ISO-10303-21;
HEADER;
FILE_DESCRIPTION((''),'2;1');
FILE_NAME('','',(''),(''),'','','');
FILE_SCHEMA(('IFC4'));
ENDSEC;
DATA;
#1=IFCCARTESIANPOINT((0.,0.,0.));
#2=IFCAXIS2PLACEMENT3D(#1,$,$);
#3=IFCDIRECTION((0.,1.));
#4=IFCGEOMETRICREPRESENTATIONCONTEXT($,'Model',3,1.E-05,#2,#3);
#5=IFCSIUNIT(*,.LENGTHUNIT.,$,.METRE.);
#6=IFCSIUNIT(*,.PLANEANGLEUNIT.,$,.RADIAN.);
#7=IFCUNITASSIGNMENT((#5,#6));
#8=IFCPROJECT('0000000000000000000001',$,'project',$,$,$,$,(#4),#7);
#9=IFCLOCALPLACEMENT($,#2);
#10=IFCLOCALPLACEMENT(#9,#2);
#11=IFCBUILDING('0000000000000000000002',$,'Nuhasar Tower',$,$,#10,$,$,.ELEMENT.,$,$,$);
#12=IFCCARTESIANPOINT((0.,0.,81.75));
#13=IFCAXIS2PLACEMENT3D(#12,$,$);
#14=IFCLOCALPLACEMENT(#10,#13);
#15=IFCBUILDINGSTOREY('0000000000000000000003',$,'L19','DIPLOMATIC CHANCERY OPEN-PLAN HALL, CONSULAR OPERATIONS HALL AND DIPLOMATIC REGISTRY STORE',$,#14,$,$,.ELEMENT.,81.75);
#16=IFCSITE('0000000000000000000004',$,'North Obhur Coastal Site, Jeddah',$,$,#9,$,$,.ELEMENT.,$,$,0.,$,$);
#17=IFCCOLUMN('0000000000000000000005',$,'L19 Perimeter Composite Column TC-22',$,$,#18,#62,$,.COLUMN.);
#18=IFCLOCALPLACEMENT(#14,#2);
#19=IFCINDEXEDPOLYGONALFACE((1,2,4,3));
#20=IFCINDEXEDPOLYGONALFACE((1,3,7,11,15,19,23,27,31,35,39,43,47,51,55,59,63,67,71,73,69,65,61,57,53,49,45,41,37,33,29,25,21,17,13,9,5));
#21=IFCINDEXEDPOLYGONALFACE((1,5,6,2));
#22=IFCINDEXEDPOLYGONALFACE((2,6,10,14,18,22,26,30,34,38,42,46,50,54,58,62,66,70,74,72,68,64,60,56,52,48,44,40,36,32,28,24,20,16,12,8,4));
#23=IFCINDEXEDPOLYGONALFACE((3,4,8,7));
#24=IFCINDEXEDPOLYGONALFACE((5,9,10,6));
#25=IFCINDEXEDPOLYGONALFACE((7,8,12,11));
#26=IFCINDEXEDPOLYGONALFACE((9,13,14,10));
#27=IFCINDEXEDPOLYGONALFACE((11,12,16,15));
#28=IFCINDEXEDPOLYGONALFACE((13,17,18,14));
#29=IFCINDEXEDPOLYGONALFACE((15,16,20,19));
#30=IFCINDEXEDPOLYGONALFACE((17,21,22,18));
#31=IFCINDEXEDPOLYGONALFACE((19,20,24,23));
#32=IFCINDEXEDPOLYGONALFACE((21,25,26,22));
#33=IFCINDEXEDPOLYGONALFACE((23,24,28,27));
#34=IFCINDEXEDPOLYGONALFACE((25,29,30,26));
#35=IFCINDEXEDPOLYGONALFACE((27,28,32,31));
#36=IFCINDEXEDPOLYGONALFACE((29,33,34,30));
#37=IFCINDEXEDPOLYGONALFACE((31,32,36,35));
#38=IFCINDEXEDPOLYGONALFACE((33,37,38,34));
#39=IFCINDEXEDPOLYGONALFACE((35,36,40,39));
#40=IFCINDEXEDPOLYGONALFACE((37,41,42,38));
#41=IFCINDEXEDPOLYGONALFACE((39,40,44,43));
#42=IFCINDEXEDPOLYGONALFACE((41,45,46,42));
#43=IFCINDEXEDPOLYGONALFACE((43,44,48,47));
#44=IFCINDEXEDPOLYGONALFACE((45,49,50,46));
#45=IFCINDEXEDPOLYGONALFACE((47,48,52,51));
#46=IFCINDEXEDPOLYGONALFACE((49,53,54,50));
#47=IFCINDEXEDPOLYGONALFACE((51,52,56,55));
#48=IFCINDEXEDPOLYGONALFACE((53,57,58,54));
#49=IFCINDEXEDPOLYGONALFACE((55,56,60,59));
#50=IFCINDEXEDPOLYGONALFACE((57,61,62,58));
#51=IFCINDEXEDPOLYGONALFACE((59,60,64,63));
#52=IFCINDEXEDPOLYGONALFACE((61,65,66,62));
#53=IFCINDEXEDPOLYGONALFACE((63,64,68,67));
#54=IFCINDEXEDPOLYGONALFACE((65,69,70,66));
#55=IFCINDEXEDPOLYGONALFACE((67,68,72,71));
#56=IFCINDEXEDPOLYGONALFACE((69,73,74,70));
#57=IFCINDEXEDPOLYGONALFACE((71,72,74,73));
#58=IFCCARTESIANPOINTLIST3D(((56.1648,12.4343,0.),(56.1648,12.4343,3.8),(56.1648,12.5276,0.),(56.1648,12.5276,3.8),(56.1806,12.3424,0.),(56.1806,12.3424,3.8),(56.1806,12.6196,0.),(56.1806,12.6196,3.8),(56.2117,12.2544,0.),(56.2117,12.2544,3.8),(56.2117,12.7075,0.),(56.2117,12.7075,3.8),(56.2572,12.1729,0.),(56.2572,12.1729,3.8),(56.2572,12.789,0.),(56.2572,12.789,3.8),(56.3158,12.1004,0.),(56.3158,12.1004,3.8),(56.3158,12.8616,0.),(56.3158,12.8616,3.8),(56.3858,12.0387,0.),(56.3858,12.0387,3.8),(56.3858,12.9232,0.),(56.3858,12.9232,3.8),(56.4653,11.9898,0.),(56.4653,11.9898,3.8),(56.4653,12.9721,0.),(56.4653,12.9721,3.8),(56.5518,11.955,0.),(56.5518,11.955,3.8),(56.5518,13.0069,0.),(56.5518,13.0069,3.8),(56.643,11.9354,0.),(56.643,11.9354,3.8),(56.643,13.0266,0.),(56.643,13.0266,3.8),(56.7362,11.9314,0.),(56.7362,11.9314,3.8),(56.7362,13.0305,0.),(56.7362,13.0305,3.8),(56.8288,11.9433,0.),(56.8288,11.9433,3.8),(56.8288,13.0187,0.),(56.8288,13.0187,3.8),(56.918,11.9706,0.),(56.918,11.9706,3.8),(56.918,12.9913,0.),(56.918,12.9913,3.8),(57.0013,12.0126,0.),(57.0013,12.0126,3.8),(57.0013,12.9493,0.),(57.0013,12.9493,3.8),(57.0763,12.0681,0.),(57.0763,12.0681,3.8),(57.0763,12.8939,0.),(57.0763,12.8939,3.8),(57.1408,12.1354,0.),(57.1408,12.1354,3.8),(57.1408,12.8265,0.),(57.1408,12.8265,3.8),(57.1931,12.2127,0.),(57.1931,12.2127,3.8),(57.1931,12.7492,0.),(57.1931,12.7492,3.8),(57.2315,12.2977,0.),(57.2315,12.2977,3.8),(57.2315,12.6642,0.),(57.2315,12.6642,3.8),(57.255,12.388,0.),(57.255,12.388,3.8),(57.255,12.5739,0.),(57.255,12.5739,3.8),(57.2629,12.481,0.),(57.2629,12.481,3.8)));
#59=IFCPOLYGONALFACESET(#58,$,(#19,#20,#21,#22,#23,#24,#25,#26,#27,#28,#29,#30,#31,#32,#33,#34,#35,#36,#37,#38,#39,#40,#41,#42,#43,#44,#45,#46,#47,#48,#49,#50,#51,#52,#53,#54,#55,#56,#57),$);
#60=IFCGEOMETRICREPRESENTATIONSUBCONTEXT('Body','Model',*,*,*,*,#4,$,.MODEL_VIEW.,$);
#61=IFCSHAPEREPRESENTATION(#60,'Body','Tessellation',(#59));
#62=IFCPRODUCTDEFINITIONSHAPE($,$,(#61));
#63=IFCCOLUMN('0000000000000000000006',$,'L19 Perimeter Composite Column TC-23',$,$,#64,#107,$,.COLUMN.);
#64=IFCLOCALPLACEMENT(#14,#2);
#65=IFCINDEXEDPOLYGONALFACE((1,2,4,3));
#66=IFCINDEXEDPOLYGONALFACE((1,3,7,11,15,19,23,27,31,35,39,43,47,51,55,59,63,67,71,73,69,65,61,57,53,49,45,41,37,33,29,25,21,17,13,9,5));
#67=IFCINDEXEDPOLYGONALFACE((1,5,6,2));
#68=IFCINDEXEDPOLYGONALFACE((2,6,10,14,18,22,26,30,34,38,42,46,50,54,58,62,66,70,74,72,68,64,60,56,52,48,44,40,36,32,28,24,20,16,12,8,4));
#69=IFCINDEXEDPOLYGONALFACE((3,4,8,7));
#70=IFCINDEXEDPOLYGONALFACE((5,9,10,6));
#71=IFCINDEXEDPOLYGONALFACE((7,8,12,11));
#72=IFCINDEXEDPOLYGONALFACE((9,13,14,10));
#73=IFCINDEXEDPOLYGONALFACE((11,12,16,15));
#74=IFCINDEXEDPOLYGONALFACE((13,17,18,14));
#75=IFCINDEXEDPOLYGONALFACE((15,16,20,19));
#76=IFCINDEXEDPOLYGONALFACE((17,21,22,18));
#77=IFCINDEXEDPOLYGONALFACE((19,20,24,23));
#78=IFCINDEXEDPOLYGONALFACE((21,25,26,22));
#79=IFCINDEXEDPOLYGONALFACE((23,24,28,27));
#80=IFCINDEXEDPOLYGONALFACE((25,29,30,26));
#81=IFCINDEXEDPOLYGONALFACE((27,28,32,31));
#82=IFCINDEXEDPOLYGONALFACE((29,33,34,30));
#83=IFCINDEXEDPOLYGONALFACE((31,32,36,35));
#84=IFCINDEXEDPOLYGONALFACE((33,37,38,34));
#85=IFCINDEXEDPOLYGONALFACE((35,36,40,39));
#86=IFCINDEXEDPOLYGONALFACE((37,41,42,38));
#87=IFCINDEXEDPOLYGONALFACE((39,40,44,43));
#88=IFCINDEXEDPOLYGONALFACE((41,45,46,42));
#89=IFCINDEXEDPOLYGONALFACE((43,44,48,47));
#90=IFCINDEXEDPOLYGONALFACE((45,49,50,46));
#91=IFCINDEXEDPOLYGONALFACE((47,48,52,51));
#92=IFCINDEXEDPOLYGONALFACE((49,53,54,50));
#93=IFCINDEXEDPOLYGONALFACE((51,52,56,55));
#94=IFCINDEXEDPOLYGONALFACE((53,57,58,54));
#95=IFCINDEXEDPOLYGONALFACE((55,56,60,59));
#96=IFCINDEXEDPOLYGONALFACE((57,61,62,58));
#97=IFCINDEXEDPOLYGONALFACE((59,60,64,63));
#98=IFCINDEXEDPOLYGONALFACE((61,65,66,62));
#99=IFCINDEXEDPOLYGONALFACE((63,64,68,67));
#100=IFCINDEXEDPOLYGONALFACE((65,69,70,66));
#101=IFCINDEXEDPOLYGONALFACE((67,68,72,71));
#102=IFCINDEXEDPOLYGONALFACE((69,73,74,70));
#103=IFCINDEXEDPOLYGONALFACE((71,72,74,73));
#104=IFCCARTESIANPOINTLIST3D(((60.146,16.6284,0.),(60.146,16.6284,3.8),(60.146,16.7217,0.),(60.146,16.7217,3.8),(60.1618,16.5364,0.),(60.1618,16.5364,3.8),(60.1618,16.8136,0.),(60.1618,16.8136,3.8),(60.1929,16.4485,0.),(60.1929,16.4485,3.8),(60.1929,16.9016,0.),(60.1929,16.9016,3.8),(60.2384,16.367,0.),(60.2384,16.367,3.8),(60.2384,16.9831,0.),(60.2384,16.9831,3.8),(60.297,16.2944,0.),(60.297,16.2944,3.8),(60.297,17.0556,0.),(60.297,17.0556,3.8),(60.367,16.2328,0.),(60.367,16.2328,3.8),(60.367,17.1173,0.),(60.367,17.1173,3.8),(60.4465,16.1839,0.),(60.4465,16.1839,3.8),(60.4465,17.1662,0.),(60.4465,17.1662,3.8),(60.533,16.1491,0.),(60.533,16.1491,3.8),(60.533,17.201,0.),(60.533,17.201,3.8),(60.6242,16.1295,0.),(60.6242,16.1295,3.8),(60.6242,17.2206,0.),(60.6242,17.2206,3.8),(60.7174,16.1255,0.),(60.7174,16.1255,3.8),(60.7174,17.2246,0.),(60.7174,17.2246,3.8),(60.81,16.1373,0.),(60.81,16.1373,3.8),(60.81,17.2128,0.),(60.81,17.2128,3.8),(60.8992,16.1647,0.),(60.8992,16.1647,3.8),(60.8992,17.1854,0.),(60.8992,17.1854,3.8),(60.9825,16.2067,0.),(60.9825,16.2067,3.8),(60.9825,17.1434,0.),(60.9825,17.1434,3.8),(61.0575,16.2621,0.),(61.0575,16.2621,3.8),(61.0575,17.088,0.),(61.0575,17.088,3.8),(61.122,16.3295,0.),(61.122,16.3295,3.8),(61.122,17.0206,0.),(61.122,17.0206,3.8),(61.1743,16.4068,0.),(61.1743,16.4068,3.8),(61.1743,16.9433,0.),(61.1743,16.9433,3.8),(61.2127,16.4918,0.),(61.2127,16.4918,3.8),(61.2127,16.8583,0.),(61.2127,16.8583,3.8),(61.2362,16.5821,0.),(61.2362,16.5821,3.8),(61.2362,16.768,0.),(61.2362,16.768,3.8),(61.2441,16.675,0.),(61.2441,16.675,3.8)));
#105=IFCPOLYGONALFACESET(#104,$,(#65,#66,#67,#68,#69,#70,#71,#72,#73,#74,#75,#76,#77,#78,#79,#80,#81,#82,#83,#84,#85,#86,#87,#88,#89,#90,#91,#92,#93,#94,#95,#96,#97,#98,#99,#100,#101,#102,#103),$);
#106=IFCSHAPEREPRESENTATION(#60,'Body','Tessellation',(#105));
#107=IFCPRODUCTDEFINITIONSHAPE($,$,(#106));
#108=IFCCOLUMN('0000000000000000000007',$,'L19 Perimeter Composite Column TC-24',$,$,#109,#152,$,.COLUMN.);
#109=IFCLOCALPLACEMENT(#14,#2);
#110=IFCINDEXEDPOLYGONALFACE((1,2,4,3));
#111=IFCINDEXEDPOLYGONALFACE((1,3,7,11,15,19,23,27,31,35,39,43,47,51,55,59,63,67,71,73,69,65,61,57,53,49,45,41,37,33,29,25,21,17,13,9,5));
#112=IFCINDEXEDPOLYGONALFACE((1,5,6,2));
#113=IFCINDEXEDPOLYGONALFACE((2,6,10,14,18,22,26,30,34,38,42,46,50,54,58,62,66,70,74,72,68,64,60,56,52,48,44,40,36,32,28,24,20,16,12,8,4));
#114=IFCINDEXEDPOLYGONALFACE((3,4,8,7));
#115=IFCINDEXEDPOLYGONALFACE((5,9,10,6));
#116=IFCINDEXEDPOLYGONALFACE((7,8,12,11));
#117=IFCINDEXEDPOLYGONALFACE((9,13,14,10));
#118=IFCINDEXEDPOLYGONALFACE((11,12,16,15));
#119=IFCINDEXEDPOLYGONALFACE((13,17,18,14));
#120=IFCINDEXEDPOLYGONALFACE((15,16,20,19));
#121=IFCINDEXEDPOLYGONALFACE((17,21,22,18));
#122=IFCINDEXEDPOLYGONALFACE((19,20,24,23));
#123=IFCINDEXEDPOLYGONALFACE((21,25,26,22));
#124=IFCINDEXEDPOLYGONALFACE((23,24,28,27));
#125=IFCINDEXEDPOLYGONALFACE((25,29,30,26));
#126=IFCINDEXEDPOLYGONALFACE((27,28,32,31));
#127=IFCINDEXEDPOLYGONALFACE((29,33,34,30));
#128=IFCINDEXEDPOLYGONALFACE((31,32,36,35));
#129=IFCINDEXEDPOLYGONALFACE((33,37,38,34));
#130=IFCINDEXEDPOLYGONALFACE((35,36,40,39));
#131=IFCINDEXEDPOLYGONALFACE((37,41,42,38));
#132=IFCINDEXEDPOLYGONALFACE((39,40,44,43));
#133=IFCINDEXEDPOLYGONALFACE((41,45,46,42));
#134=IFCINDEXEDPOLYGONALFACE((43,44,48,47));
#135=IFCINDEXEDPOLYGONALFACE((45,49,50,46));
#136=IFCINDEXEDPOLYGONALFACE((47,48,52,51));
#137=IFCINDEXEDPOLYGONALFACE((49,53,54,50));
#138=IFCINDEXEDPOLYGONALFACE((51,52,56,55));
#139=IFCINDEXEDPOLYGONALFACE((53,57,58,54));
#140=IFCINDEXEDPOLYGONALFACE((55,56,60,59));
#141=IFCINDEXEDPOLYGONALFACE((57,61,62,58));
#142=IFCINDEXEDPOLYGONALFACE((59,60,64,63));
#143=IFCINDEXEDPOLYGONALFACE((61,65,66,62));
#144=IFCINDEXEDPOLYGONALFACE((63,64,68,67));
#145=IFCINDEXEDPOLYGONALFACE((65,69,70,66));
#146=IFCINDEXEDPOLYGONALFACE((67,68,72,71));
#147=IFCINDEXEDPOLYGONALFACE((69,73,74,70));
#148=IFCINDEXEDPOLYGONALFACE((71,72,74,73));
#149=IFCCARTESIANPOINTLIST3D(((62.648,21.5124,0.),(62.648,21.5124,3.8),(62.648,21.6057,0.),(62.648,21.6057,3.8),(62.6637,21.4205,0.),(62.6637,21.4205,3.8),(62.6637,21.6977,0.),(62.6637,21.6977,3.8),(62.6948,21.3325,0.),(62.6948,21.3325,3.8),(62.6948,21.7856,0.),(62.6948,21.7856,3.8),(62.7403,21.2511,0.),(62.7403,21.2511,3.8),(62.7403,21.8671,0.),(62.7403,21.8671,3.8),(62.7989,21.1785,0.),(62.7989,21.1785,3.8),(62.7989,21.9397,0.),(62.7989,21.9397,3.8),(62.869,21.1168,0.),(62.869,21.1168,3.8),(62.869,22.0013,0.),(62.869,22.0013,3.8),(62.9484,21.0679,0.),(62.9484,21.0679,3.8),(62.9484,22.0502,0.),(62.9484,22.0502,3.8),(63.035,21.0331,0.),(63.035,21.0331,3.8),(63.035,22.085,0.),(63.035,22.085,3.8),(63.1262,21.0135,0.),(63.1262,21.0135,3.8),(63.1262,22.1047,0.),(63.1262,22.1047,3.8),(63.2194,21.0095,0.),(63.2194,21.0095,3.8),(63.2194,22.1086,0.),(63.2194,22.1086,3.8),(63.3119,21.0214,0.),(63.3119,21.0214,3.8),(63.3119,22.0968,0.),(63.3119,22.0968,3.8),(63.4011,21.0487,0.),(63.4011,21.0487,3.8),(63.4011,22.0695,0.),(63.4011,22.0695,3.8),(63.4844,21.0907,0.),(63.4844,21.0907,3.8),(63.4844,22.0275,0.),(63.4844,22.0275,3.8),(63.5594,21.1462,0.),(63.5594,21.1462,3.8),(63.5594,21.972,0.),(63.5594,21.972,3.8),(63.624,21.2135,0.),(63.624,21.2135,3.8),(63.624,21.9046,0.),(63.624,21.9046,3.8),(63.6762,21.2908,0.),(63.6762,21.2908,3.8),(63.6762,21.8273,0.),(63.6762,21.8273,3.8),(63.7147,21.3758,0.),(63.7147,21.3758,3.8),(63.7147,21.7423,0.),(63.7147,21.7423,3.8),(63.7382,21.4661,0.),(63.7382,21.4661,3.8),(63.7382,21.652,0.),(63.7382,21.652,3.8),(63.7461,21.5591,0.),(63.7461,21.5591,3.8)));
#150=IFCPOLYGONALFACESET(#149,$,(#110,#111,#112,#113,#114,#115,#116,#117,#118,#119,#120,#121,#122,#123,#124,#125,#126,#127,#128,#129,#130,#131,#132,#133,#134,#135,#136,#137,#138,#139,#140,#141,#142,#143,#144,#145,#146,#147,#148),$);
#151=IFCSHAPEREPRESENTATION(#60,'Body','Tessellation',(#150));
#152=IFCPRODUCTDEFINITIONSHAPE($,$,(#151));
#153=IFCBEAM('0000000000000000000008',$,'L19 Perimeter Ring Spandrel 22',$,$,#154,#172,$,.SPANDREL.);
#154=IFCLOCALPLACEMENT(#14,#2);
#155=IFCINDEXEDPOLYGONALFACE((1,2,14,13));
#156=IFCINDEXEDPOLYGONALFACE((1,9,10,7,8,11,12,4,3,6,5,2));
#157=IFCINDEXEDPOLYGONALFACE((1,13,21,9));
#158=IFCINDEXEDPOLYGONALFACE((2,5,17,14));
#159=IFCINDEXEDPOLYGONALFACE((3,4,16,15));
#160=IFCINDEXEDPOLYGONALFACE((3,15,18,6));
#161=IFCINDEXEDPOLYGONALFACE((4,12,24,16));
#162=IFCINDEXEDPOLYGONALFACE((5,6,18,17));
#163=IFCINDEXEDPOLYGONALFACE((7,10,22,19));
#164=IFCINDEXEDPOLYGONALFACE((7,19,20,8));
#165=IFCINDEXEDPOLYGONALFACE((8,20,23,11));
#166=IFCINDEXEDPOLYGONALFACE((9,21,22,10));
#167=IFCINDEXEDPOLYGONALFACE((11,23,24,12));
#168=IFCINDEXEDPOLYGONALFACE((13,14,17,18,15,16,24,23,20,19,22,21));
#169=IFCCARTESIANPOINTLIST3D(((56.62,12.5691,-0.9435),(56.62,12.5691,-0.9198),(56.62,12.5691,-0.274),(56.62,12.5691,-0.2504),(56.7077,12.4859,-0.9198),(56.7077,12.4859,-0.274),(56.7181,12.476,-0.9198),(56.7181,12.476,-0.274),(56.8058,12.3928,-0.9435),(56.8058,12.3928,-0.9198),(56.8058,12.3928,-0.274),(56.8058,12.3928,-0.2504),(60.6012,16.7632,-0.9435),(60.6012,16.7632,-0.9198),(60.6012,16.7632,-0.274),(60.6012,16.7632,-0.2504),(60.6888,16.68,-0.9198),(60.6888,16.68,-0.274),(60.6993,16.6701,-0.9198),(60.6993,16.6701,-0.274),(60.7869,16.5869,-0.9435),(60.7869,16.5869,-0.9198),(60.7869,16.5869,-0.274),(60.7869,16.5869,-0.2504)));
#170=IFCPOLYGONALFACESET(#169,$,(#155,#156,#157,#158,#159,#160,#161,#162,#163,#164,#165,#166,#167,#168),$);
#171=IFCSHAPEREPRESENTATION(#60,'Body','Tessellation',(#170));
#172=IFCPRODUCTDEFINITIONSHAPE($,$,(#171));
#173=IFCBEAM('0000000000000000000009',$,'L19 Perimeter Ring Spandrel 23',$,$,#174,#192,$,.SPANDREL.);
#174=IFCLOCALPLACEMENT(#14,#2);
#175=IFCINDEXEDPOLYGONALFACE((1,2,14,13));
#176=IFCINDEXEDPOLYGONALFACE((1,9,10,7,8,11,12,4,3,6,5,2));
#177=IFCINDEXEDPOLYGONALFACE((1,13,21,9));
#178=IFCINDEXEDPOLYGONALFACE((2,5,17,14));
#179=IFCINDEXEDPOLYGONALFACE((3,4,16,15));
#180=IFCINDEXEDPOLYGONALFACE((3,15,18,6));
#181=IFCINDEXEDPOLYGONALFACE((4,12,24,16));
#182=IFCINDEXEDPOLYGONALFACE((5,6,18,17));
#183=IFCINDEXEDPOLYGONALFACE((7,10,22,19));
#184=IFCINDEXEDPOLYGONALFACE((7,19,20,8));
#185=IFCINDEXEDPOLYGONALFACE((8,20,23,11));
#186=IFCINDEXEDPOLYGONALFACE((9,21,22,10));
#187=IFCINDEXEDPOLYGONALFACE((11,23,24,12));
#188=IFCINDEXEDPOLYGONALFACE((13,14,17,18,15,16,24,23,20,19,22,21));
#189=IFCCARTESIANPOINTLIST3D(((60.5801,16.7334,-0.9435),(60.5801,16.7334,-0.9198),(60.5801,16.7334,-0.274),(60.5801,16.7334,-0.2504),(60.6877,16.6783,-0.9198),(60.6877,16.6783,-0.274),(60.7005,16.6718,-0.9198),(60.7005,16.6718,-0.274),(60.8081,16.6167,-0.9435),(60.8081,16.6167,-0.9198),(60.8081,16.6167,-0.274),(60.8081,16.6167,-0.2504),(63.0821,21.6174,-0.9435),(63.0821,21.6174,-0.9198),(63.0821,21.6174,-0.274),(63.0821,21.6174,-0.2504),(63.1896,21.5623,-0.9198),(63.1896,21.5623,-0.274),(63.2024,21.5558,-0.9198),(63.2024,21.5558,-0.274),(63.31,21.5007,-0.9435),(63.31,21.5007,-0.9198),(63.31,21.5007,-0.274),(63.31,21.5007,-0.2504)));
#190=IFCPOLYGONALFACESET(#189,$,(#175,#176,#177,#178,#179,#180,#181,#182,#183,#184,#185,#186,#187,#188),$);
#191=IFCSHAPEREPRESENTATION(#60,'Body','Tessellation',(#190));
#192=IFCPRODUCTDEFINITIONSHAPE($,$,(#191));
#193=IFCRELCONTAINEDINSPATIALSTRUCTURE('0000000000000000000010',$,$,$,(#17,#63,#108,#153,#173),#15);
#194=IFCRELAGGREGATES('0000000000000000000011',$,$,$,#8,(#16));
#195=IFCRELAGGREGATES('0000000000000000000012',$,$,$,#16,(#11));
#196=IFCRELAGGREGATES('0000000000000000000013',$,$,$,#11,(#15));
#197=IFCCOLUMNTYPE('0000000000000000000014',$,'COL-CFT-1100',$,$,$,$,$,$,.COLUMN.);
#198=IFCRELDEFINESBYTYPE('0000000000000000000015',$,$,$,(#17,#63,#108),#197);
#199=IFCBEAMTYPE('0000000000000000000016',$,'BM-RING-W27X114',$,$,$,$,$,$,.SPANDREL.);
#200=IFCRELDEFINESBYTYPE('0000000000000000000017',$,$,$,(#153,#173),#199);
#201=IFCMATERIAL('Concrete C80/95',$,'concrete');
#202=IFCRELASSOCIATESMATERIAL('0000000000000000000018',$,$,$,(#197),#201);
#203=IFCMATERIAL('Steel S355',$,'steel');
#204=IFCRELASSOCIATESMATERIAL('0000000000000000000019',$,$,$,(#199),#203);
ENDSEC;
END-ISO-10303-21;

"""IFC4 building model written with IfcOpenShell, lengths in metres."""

from ifc_helpers import new_model, si_unit, direction, frame, origin, origin_2d, place, context, subcontext, project, spatial, circle, i_section, extrude, material, material_profile, profile_set, type_object, element, save


model = new_model("IFC4")

# Units and contexts
model_context = context("Model", 3, precision=1e-05, world=origin(), true_north=direction((0.0, 1.0)))
body_context = subcontext(model_context, "Body", "Model", "MODEL_VIEW")
ifc_project = project(units=[si_unit("LENGTHUNIT", "METRE"), si_unit("PLANEANGLEUNIT", "RADIAN")], contexts=[model_context])

# Site, building, storey
site_placement = place(None, origin())
site = spatial("IfcSite", under=ifc_project, at=site_placement, Name="North Obhur Coastal Site, Jeddah", CompositionType="ELEMENT", RefElevation=0.0)
building_placement = place(site_placement, origin())
building = spatial("IfcBuilding", under=site, at=building_placement, Name="Nuhasar Tower", CompositionType="ELEMENT")
storey_placement = place(building_placement, frame((0.0, 0.0, 81.75)))
storey = spatial("IfcBuildingStorey", under=building, at=storey_placement, Name="L19", Description="DIPLOMATIC CHANCERY OPEN-PLAN HALL, CONSULAR OPERATIONS HALL AND DIPLOMATIC REGISTRY STORE", CompositionType="ELEMENT", Elevation=81.75)

# Columns
ifc_material_1 = material(Name="Concrete C80/95", Category="concrete")
ifc_material_profile_1 = material_profile(ifc_material_1, circle(Radius=0.55, at=origin_2d()), Name="CFT1100")
ifc_profile_set_1 = profile_set([ifc_material_profile_1], Name="Concrete C80/95")
column_type = type_object("IfcColumnType", Name="COL-CFT-1100", PredefinedType="COLUMN", material=ifc_profile_set_1)
for number, where, z_axis, x_axis, name in (
    (1, (56.7129, 12.481, 0.0), (0.0, 0.0, 1.0), (1.0, 0.0, 0.0), "L19 Perimeter Composite Column TC-22"),
    (2, (60.6941, 16.675, 0.0), (0.0, 0.0, 1.0), (1.0, 0.0, 0.0), "L19 Perimeter Composite Column TC-23"),
    (3, (63.196, 21.5591, 0.0), (0.0, 0.0, 1.0), (1.0, 0.0, 0.0), "L19 Perimeter Composite Column TC-24"),
):
    element("IfcColumn", number, at=place(storey_placement, frame(where, z_axis=z_axis, x_axis=x_axis)), inside=storey, type_object=column_type, Name=name, PredefinedType="COLUMN", context=body_context, shape_type="SweptSolid", body=[
        extrude(circle(Radius=0.55, at=origin_2d()), origin(), (0.0, 0.0, 1.0), 3.8),
    ])

# Beams
ifc_material_2 = material(Name="Steel S355", Category="steel")
ifc_material_profile_2 = material_profile(ifc_material_2, i_section(OverallWidth=0.2561, OverallDepth=0.6931, WebThickness=0.0144, FlangeThickness=0.0237, at=origin_2d()), Name="W27X114")
ifc_profile_set_2 = profile_set([ifc_material_profile_2], Name="Steel S355")
beam_type_1 = type_object("IfcBeamType", Name="BM-RING-W27X114", PredefinedType="SPANDREL", material=ifc_profile_set_2)
beam_1_placement = place(storey_placement, frame((56.7129, 12.481, -0.5969), z_axis=(0.68846, 0.725274, 0.0), x_axis=(-0.725274, 0.68846, 0.0)))
element("IfcBeam", 4, at=beam_1_placement, inside=storey, type_object=beam_type_1, Name="L19 Perimeter Ring Spandrel 22", PredefinedType="SPANDREL", context=body_context, shape_type="SweptSolid", body=[
    extrude(i_section(OverallWidth=0.2561, OverallDepth=0.6931, WebThickness=0.0144, FlangeThickness=0.0237, at=origin_2d()), origin(), (0.0, 0.0, 1.0), 5.7827),
])
beam_2_placement = place(storey_placement, frame((60.6941, 16.675, -0.5969), z_axis=(0.45593, 0.890016, 0.0), x_axis=(-0.890016, 0.45593, 0.0)))
element("IfcBeam", 5, at=beam_2_placement, inside=storey, type_object=beam_type_1, Name="L19 Perimeter Ring Spandrel 23", PredefinedType="SPANDREL", context=body_context, shape_type="SweptSolid", body=[
    extrude(i_section(OverallWidth=0.2561, OverallDepth=0.6931, WebThickness=0.0144, FlangeThickness=0.0237, at=origin_2d()), origin(), (0.0, 0.0, 1.0), 5.4875),
])

save(model, "model.ifc")
